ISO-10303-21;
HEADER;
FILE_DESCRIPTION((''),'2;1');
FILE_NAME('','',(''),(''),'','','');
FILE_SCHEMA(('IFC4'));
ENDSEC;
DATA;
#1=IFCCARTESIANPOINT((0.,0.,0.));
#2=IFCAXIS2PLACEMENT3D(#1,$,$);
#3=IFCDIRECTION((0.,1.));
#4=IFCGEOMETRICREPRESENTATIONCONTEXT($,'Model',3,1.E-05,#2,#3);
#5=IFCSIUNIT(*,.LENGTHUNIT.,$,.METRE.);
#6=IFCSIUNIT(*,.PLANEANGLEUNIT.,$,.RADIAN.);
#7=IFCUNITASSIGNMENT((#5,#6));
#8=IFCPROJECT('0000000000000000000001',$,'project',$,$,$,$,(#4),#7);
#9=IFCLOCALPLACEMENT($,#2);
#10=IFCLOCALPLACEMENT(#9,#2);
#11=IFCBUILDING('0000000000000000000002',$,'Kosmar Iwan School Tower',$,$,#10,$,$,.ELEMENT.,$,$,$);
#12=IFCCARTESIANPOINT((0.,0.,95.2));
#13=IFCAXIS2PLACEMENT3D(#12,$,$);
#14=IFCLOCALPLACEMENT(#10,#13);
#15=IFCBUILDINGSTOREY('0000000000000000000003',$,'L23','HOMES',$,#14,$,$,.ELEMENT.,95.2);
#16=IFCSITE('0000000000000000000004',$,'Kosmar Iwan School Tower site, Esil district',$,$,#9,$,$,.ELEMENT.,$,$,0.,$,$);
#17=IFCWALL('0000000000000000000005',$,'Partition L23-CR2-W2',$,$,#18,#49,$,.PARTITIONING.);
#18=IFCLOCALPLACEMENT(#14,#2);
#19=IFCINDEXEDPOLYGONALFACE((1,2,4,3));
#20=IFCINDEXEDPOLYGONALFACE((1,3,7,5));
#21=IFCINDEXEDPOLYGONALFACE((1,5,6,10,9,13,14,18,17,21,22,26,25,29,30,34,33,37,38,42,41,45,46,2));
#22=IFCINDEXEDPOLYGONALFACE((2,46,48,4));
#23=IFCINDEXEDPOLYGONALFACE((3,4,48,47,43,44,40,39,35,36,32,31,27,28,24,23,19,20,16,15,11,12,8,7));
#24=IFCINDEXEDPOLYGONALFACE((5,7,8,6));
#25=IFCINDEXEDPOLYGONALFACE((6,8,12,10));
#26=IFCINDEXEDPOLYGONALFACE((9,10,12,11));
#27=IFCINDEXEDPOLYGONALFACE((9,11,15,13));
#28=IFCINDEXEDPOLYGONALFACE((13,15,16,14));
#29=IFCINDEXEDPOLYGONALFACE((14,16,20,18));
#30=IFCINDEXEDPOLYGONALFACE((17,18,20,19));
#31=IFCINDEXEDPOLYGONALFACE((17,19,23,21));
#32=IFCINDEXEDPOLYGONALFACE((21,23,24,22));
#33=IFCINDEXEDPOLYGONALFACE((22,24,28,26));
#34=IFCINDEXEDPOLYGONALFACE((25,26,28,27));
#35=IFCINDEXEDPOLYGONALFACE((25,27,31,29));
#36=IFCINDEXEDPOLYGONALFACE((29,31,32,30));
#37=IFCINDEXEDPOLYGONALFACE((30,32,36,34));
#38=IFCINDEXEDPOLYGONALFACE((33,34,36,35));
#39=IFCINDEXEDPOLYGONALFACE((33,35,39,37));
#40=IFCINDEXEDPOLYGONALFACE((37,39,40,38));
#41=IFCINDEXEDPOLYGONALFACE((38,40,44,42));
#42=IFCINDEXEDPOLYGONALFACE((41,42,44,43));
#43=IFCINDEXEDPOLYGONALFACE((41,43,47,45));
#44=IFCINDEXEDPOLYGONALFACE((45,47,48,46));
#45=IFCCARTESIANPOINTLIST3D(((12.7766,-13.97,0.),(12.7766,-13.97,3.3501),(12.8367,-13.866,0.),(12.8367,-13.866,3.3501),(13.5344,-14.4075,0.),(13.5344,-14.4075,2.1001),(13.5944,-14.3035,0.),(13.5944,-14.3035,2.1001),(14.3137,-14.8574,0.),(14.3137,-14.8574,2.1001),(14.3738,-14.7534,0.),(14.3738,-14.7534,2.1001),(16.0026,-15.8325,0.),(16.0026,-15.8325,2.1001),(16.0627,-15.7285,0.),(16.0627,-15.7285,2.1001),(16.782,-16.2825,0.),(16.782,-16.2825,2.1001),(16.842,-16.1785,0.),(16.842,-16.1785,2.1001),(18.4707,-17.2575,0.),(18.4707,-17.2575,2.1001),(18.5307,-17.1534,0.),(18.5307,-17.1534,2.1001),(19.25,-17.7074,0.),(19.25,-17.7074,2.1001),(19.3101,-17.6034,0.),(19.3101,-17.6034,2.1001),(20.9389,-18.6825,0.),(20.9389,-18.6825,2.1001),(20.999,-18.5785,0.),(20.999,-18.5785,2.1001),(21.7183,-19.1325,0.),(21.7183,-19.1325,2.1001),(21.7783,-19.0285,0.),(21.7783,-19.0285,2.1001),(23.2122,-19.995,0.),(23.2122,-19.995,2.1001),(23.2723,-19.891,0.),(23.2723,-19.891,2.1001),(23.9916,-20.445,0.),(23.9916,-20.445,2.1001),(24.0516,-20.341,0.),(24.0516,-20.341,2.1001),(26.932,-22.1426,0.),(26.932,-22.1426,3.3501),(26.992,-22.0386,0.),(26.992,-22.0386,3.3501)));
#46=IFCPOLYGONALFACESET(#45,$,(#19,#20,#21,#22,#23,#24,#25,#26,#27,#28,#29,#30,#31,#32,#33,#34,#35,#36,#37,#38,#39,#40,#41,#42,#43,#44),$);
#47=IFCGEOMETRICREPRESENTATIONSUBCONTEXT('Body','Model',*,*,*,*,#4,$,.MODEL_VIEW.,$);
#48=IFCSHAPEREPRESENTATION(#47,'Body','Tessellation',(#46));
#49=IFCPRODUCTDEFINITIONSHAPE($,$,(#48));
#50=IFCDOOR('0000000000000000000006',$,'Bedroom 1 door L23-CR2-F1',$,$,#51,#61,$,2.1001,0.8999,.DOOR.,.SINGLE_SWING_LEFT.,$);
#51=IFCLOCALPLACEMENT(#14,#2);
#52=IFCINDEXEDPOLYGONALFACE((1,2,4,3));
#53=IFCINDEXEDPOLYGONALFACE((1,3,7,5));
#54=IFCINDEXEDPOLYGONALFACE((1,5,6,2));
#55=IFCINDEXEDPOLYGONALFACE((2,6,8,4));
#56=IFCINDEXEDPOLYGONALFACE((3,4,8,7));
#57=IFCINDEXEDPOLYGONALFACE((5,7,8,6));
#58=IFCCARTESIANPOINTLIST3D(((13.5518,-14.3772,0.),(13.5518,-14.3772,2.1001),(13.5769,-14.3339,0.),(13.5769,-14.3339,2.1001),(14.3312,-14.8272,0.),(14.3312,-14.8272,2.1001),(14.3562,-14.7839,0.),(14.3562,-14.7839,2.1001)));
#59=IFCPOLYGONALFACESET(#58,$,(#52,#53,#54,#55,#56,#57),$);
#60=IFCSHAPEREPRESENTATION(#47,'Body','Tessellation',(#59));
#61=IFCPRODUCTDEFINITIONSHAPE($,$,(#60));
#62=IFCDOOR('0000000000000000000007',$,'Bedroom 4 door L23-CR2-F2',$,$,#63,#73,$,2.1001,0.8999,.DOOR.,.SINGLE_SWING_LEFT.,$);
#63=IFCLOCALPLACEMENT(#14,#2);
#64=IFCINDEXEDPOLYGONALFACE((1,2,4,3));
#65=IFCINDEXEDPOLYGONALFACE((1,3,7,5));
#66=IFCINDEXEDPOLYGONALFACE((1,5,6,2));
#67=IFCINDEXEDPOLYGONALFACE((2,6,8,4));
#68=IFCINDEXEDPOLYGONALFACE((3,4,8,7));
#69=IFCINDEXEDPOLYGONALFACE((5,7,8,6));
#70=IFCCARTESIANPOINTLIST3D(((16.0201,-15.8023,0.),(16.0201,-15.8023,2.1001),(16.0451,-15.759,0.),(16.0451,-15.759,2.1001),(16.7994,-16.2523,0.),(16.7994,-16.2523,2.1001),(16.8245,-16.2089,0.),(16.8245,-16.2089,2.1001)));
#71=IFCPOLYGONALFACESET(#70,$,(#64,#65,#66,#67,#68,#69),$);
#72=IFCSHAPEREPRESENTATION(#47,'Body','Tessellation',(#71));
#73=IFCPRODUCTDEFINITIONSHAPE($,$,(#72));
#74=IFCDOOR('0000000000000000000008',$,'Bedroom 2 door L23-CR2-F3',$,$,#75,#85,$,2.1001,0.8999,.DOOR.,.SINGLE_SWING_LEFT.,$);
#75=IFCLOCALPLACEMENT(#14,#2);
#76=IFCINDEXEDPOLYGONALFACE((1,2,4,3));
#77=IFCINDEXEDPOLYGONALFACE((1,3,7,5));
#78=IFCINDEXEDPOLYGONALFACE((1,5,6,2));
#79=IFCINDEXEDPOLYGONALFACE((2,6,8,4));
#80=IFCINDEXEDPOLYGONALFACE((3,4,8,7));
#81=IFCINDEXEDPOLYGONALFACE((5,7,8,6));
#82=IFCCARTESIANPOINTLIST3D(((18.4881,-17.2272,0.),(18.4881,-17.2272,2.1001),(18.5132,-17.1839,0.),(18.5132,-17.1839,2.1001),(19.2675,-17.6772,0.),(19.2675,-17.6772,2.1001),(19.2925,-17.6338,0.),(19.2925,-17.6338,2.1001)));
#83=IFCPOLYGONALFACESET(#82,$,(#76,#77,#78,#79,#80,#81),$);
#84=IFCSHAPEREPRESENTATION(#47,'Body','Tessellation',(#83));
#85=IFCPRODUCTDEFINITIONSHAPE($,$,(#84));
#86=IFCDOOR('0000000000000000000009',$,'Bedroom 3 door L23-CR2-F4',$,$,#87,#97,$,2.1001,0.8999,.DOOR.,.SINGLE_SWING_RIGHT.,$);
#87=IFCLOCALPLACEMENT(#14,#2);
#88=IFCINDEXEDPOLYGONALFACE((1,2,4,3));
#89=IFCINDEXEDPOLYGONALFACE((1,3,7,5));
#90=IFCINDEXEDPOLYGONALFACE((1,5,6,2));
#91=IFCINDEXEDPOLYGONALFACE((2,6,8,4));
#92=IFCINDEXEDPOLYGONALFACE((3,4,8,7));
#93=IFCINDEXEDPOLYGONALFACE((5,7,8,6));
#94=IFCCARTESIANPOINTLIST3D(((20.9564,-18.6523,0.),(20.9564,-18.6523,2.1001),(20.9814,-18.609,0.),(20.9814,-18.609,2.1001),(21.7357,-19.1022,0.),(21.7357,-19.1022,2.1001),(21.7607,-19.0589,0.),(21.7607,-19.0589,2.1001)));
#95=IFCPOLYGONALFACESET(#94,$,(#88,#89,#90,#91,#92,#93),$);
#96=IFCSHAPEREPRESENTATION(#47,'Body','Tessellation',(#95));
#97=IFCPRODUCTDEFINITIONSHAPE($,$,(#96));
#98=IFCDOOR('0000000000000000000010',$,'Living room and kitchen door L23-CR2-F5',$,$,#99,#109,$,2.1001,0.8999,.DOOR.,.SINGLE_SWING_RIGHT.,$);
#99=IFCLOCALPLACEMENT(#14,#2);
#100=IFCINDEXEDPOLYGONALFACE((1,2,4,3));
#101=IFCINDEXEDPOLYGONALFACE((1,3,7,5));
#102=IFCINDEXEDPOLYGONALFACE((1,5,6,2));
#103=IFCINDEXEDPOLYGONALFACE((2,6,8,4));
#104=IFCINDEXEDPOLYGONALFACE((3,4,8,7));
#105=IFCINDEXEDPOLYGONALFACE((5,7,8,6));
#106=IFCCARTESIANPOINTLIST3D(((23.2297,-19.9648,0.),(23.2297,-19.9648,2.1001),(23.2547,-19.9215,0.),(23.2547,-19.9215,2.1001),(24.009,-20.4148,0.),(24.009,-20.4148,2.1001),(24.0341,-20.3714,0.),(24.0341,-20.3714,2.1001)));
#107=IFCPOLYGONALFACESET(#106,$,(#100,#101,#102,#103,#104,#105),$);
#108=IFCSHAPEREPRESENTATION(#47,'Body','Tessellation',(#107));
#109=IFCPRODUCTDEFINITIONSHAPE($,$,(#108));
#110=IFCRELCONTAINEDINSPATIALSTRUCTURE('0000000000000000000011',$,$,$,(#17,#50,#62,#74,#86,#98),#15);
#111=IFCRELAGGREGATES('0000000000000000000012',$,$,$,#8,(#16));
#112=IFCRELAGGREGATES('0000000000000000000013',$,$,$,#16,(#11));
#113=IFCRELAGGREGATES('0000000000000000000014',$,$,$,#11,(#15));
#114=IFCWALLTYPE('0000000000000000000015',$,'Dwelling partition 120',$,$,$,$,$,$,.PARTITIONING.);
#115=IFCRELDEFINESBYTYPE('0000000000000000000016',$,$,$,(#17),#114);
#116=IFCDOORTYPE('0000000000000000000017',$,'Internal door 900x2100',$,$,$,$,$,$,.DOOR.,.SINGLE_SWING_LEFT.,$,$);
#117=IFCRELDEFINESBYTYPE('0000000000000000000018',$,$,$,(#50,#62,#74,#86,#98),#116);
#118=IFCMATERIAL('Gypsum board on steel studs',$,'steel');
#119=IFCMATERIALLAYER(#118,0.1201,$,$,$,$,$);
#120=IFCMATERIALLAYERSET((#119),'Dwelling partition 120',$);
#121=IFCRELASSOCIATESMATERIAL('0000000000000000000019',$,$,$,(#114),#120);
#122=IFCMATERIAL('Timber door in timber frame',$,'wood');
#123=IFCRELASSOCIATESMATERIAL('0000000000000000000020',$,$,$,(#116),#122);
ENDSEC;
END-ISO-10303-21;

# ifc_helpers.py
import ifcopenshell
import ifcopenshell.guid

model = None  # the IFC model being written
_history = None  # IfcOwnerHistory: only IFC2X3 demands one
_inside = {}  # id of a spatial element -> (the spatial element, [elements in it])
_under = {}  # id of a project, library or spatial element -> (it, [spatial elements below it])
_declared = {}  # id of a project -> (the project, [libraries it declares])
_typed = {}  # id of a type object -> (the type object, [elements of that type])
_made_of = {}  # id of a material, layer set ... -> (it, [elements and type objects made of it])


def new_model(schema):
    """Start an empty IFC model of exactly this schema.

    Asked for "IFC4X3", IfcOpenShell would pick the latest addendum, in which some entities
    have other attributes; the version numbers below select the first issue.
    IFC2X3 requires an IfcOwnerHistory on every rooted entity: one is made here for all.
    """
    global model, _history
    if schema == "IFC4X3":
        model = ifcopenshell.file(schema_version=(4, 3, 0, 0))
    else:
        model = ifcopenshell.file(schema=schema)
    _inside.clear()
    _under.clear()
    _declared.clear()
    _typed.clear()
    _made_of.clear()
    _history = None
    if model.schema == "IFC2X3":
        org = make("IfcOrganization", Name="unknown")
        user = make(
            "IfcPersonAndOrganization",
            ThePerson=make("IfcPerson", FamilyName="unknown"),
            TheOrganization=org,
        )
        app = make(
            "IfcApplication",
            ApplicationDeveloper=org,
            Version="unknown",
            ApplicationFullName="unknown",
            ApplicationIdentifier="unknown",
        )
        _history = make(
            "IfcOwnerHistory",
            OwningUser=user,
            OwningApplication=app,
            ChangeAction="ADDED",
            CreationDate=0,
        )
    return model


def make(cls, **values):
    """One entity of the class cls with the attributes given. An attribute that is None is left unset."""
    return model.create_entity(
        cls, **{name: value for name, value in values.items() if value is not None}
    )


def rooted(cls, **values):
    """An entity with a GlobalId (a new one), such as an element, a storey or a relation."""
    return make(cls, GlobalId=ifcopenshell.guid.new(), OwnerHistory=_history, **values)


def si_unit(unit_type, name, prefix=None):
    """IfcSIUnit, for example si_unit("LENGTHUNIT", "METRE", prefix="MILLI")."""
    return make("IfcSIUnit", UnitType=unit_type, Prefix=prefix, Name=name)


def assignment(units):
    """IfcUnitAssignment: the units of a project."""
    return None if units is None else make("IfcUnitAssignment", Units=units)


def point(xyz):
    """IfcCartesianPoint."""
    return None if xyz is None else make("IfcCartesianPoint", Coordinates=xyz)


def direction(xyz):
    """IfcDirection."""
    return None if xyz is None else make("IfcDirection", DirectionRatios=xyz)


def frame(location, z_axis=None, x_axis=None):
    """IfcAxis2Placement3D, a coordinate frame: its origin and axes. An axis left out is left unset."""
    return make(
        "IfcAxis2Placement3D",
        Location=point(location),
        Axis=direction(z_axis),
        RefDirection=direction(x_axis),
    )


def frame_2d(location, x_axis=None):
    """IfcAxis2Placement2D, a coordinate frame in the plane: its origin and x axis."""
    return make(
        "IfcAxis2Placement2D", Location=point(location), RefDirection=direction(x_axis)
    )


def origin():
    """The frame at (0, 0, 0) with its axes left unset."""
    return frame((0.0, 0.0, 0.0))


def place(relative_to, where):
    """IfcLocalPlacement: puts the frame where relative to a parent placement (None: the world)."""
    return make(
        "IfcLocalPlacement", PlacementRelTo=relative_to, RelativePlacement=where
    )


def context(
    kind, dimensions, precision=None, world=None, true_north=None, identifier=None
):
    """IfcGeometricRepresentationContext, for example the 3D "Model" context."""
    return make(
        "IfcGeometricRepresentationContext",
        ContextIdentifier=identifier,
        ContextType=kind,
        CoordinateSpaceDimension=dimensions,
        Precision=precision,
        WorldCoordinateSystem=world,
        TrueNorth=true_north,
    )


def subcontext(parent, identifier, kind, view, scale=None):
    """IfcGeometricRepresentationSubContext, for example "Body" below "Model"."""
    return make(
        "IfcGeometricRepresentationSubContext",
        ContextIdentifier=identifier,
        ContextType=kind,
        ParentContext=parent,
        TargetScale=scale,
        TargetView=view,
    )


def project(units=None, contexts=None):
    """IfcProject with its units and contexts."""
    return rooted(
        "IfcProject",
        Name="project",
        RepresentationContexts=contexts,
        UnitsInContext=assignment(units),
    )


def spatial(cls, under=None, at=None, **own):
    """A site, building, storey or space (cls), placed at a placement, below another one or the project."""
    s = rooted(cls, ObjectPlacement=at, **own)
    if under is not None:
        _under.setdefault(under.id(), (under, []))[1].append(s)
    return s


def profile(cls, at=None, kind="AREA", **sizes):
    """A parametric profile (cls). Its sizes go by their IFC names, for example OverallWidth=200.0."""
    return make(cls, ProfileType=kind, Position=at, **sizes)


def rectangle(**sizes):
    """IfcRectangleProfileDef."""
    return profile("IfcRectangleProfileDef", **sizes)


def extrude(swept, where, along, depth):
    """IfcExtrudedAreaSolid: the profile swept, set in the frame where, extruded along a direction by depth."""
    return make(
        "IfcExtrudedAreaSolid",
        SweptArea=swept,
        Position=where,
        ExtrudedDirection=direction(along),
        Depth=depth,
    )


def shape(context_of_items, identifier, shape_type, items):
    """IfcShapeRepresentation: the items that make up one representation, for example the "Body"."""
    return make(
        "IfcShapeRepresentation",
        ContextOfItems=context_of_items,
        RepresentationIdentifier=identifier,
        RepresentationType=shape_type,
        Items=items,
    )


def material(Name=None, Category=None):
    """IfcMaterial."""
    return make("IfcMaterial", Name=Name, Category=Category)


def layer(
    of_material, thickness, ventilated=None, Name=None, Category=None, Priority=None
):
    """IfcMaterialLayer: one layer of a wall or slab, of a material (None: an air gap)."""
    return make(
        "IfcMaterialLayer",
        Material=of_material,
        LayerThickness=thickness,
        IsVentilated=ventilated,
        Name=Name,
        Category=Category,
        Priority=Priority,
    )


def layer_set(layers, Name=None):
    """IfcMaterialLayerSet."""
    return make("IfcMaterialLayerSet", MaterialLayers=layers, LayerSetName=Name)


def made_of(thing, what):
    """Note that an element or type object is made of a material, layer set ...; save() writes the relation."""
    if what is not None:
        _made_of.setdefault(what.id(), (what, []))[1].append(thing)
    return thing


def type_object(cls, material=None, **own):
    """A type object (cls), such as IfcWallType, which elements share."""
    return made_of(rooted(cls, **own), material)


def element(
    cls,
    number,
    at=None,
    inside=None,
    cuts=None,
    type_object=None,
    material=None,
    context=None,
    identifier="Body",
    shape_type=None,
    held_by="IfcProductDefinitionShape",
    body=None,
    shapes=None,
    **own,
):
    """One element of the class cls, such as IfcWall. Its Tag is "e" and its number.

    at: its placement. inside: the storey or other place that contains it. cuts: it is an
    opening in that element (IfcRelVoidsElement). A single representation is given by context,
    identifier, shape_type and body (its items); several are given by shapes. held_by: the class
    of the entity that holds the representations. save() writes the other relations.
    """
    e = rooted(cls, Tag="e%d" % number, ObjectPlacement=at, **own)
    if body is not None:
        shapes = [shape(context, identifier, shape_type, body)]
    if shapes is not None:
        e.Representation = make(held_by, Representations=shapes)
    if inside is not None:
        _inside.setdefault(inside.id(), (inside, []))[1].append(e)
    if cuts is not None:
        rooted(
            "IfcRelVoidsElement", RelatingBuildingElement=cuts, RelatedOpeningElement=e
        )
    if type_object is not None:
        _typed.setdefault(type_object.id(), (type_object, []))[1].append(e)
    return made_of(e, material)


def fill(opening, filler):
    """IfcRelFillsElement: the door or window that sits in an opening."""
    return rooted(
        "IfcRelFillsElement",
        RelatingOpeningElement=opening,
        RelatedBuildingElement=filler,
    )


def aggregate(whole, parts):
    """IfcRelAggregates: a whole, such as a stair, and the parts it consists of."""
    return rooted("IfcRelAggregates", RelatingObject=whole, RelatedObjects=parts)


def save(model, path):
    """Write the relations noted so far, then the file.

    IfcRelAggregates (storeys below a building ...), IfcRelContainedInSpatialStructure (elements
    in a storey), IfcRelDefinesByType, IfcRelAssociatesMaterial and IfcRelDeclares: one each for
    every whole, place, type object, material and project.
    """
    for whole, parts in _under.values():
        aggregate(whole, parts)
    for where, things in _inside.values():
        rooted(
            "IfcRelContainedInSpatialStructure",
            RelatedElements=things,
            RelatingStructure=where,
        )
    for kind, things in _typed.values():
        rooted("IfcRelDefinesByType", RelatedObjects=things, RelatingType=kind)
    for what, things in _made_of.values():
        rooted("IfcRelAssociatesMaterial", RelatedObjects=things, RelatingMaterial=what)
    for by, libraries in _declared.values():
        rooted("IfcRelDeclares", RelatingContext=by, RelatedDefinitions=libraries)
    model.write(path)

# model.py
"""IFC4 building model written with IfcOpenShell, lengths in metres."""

from ifc_helpers import new_model, si_unit, direction, frame, frame_2d, origin, place, context, subcontext, project, spatial, rectangle, extrude, material, layer, layer_set, type_object, element, fill, save


model = new_model("IFC4")

# Units and contexts
model_context = context("Model", 3, precision=1e-05, world=origin(), true_north=direction((0.0, 1.0)))
body_context = subcontext(model_context, "Body", "Model", "MODEL_VIEW")
ifc_project = project(units=[si_unit("LENGTHUNIT", "METRE"), si_unit("PLANEANGLEUNIT", "RADIAN")], contexts=[model_context])

# Site, building, storey
site_placement = place(None, origin())
site = spatial("IfcSite", under=ifc_project, at=site_placement, Name="Kosmar Iwan School Tower site, Esil district", CompositionType="ELEMENT", RefElevation=0.0)
building_placement = place(site_placement, origin())
building = spatial("IfcBuilding", under=site, at=building_placement, Name="Kosmar Iwan School Tower", CompositionType="ELEMENT")
storey_placement = place(building_placement, frame((0.0, 0.0, 95.2)))
storey = spatial("IfcBuildingStorey", under=building, at=storey_placement, Name="L23", Description="HOMES", CompositionType="ELEMENT", Elevation=95.2)

# Shared definitions
ifc_material_1 = material(Name="Gypsum board on steel studs", Category="steel")
ifc_layer = layer(ifc_material_1, 0.1201)
ifc_layer_set = layer_set([ifc_layer], Name="Dwelling partition 120")
wall_type = type_object("IfcWallType", Name="Dwelling partition 120", PredefinedType="PARTITIONING", material=ifc_layer_set)

# Wall, openings, doors
ifc_material_2 = material(Name="Timber door in timber frame", Category="wood")
door_type_1 = type_object("IfcDoorType", Name="Internal door 900x2100", OperationType="SINGLE_SWING_LEFT", PredefinedType="DOOR", material=ifc_material_2)
wall_1_placement = place(storey_placement, frame((12.8066, -13.918, 0.0), z_axis=(0.0, 0.0, 1.0), x_axis=(0.866024, -0.500003, 0.0)))
wall_1 = element("IfcWall", 1, at=wall_1_placement, inside=storey, type_object=wall_type, Name="Partition L23-CR2-W2", PredefinedType="PARTITIONING", context=body_context, shape_type="SweptSolid", body=[
    extrude(rectangle(XDim=16.3452, YDim=0.1201, at=frame_2d((8.1726, 0.0))), origin(), (0.0, 0.0, 1.0), 3.3501),
])
opening_1_placement = place(wall_1_placement, frame((0.875, 0.0, 0.0)))
opening_1 = element("IfcOpeningElement", 2, at=opening_1_placement, cuts=wall_1, PredefinedType="OPENING", context=body_context, shape_type="SweptSolid", body=[
    extrude(rectangle(XDim=0.8999, YDim=2.1001, at=frame_2d((0.45, 1.05))), frame((0.0, 0.072, 0.0), z_axis=(0.0, -1.0, 0.0), x_axis=(1.0, 0.0, 0.0)), (0.0, 0.0, 1.0), 0.144),
])
opening_2_placement = place(wall_1_placement, frame((3.7251, 0.0, 0.0)))
opening_2 = element("IfcOpeningElement", 3, at=opening_2_placement, cuts=wall_1, PredefinedType="OPENING", context=body_context, shape_type="SweptSolid", body=[
    extrude(rectangle(XDim=0.8999, YDim=2.1001, at=frame_2d((0.45, 1.05))), frame((0.0, 0.072, 0.0), z_axis=(0.0, -1.0, 0.0), x_axis=(1.0, 0.0, 0.0)), (0.0, 0.0, 1.0), 0.144),
])
opening_3_placement = place(wall_1_placement, frame((6.575, 0.0, 0.0)))
opening_3 = element("IfcOpeningElement", 4, at=opening_3_placement, cuts=wall_1, PredefinedType="OPENING", context=body_context, shape_type="SweptSolid", body=[
    extrude(rectangle(XDim=0.8999, YDim=2.1001, at=frame_2d((0.45, 1.05))), frame((0.0, 0.072, 0.0), z_axis=(0.0, -1.0, 0.0), x_axis=(1.0, 0.0, 0.0)), (0.0, 0.0, 1.0), 0.144),
])
opening_4_placement = place(wall_1_placement, frame((9.425, 0.0, 0.0)))
opening_4 = element("IfcOpeningElement", 5, at=opening_4_placement, cuts=wall_1, PredefinedType="OPENING", context=body_context, shape_type="SweptSolid", body=[
    extrude(rectangle(XDim=0.8999, YDim=2.1001, at=frame_2d((0.45, 1.05))), frame((0.0, 0.072, 0.0), z_axis=(0.0, -1.0, 0.0), x_axis=(1.0, 0.0, 0.0)), (0.0, 0.0, 1.0), 0.144),
])
opening_5_placement = place(wall_1_placement, frame((12.05, 0.0, 0.0)))
opening_5 = element("IfcOpeningElement", 6, at=opening_5_placement, cuts=wall_1, PredefinedType="OPENING", context=body_context, shape_type="SweptSolid", body=[
    extrude(rectangle(XDim=0.8999, YDim=2.1001, at=frame_2d((0.45, 1.05))), frame((0.0, 0.072, 0.0), z_axis=(0.0, -1.0, 0.0), x_axis=(1.0, 0.0, 0.0)), (0.0, 0.0, 1.0), 0.144),
])
door_1_placement = place(opening_1_placement, origin())
door_1 = element("IfcDoor", 7, at=door_1_placement, inside=storey, type_object=door_type_1, Name="Bedroom 1 door L23-CR2-F1", OperationType="SINGLE_SWING_LEFT", OverallHeight=2.1001, OverallWidth=0.8999, PredefinedType="DOOR", context=body_context, shape_type="SweptSolid", body=[
    extrude(rectangle(XDim=0.8999, YDim=2.1001, at=frame_2d((0.45, 1.05))), frame((0.0, 0.0249, 0.0), z_axis=(0.0, -1.0, 0.0), x_axis=(1.0, 0.0, 0.0)), (0.0, 0.0, 1.0), 0.05),
])
fill(opening_1, door_1)
door_2_placement = place(opening_2_placement, origin())
door_2 = element("IfcDoor", 8, at=door_2_placement, inside=storey, type_object=door_type_1, Name="Bedroom 4 door L23-CR2-F2", OperationType="SINGLE_SWING_LEFT", OverallHeight=2.1001, OverallWidth=0.8999, PredefinedType="DOOR", context=body_context, shape_type="SweptSolid", body=[
    extrude(rectangle(XDim=0.8999, YDim=2.1001, at=frame_2d((0.45, 1.05))), frame((0.0, 0.0249, 0.0), z_axis=(0.0, -1.0, 0.0), x_axis=(1.0, 0.0, 0.0)), (0.0, 0.0, 1.0), 0.05),
])
fill(opening_2, door_2)
door_3_placement = place(opening_3_placement, origin())
door_3 = element("IfcDoor", 9, at=door_3_placement, inside=storey, type_object=door_type_1, Name="Bedroom 2 door L23-CR2-F3", OperationType="SINGLE_SWING_LEFT", OverallHeight=2.1001, OverallWidth=0.8999, PredefinedType="DOOR", context=body_context, shape_type="SweptSolid", body=[
    extrude(rectangle(XDim=0.8999, YDim=2.1001, at=frame_2d((0.45, 1.05))), frame((0.0, 0.0249, 0.0), z_axis=(0.0, -1.0, 0.0), x_axis=(1.0, 0.0, 0.0)), (0.0, 0.0, 1.0), 0.05),
])
fill(opening_3, door_3)
door_4_placement = place(opening_4_placement, origin())
door_4 = element("IfcDoor", 10, at=door_4_placement, inside=storey, type_object=door_type_1, Name="Bedroom 3 door L23-CR2-F4", OperationType="SINGLE_SWING_RIGHT", OverallHeight=2.1001, OverallWidth=0.8999, PredefinedType="DOOR", context=body_context, shape_type="SweptSolid", body=[
    extrude(rectangle(XDim=0.8999, YDim=2.1001, at=frame_2d((0.45, 1.05))), frame((0.0, 0.0249, 0.0), z_axis=(0.0, -1.0, 0.0), x_axis=(1.0, 0.0, 0.0)), (0.0, 0.0, 1.0), 0.05),
])
fill(opening_4, door_4)
door_5_placement = place(opening_5_placement, origin())
door_5 = element("IfcDoor", 11, at=door_5_placement, inside=storey, type_object=door_type_1, Name="Living room and kitchen door L23-CR2-F5", OperationType="SINGLE_SWING_RIGHT", OverallHeight=2.1001, OverallWidth=0.8999, PredefinedType="DOOR", context=body_context, shape_type="SweptSolid", body=[
    extrude(rectangle(XDim=0.8999, YDim=2.1001, at=frame_2d((0.45, 1.05))), frame((0.0, 0.0249, 0.0), z_axis=(0.0, -1.0, 0.0), x_axis=(1.0, 0.0, 0.0)), (0.0, 0.0, 1.0), 0.05),
])
fill(opening_5, door_5)

save(model, "model.ifc")
